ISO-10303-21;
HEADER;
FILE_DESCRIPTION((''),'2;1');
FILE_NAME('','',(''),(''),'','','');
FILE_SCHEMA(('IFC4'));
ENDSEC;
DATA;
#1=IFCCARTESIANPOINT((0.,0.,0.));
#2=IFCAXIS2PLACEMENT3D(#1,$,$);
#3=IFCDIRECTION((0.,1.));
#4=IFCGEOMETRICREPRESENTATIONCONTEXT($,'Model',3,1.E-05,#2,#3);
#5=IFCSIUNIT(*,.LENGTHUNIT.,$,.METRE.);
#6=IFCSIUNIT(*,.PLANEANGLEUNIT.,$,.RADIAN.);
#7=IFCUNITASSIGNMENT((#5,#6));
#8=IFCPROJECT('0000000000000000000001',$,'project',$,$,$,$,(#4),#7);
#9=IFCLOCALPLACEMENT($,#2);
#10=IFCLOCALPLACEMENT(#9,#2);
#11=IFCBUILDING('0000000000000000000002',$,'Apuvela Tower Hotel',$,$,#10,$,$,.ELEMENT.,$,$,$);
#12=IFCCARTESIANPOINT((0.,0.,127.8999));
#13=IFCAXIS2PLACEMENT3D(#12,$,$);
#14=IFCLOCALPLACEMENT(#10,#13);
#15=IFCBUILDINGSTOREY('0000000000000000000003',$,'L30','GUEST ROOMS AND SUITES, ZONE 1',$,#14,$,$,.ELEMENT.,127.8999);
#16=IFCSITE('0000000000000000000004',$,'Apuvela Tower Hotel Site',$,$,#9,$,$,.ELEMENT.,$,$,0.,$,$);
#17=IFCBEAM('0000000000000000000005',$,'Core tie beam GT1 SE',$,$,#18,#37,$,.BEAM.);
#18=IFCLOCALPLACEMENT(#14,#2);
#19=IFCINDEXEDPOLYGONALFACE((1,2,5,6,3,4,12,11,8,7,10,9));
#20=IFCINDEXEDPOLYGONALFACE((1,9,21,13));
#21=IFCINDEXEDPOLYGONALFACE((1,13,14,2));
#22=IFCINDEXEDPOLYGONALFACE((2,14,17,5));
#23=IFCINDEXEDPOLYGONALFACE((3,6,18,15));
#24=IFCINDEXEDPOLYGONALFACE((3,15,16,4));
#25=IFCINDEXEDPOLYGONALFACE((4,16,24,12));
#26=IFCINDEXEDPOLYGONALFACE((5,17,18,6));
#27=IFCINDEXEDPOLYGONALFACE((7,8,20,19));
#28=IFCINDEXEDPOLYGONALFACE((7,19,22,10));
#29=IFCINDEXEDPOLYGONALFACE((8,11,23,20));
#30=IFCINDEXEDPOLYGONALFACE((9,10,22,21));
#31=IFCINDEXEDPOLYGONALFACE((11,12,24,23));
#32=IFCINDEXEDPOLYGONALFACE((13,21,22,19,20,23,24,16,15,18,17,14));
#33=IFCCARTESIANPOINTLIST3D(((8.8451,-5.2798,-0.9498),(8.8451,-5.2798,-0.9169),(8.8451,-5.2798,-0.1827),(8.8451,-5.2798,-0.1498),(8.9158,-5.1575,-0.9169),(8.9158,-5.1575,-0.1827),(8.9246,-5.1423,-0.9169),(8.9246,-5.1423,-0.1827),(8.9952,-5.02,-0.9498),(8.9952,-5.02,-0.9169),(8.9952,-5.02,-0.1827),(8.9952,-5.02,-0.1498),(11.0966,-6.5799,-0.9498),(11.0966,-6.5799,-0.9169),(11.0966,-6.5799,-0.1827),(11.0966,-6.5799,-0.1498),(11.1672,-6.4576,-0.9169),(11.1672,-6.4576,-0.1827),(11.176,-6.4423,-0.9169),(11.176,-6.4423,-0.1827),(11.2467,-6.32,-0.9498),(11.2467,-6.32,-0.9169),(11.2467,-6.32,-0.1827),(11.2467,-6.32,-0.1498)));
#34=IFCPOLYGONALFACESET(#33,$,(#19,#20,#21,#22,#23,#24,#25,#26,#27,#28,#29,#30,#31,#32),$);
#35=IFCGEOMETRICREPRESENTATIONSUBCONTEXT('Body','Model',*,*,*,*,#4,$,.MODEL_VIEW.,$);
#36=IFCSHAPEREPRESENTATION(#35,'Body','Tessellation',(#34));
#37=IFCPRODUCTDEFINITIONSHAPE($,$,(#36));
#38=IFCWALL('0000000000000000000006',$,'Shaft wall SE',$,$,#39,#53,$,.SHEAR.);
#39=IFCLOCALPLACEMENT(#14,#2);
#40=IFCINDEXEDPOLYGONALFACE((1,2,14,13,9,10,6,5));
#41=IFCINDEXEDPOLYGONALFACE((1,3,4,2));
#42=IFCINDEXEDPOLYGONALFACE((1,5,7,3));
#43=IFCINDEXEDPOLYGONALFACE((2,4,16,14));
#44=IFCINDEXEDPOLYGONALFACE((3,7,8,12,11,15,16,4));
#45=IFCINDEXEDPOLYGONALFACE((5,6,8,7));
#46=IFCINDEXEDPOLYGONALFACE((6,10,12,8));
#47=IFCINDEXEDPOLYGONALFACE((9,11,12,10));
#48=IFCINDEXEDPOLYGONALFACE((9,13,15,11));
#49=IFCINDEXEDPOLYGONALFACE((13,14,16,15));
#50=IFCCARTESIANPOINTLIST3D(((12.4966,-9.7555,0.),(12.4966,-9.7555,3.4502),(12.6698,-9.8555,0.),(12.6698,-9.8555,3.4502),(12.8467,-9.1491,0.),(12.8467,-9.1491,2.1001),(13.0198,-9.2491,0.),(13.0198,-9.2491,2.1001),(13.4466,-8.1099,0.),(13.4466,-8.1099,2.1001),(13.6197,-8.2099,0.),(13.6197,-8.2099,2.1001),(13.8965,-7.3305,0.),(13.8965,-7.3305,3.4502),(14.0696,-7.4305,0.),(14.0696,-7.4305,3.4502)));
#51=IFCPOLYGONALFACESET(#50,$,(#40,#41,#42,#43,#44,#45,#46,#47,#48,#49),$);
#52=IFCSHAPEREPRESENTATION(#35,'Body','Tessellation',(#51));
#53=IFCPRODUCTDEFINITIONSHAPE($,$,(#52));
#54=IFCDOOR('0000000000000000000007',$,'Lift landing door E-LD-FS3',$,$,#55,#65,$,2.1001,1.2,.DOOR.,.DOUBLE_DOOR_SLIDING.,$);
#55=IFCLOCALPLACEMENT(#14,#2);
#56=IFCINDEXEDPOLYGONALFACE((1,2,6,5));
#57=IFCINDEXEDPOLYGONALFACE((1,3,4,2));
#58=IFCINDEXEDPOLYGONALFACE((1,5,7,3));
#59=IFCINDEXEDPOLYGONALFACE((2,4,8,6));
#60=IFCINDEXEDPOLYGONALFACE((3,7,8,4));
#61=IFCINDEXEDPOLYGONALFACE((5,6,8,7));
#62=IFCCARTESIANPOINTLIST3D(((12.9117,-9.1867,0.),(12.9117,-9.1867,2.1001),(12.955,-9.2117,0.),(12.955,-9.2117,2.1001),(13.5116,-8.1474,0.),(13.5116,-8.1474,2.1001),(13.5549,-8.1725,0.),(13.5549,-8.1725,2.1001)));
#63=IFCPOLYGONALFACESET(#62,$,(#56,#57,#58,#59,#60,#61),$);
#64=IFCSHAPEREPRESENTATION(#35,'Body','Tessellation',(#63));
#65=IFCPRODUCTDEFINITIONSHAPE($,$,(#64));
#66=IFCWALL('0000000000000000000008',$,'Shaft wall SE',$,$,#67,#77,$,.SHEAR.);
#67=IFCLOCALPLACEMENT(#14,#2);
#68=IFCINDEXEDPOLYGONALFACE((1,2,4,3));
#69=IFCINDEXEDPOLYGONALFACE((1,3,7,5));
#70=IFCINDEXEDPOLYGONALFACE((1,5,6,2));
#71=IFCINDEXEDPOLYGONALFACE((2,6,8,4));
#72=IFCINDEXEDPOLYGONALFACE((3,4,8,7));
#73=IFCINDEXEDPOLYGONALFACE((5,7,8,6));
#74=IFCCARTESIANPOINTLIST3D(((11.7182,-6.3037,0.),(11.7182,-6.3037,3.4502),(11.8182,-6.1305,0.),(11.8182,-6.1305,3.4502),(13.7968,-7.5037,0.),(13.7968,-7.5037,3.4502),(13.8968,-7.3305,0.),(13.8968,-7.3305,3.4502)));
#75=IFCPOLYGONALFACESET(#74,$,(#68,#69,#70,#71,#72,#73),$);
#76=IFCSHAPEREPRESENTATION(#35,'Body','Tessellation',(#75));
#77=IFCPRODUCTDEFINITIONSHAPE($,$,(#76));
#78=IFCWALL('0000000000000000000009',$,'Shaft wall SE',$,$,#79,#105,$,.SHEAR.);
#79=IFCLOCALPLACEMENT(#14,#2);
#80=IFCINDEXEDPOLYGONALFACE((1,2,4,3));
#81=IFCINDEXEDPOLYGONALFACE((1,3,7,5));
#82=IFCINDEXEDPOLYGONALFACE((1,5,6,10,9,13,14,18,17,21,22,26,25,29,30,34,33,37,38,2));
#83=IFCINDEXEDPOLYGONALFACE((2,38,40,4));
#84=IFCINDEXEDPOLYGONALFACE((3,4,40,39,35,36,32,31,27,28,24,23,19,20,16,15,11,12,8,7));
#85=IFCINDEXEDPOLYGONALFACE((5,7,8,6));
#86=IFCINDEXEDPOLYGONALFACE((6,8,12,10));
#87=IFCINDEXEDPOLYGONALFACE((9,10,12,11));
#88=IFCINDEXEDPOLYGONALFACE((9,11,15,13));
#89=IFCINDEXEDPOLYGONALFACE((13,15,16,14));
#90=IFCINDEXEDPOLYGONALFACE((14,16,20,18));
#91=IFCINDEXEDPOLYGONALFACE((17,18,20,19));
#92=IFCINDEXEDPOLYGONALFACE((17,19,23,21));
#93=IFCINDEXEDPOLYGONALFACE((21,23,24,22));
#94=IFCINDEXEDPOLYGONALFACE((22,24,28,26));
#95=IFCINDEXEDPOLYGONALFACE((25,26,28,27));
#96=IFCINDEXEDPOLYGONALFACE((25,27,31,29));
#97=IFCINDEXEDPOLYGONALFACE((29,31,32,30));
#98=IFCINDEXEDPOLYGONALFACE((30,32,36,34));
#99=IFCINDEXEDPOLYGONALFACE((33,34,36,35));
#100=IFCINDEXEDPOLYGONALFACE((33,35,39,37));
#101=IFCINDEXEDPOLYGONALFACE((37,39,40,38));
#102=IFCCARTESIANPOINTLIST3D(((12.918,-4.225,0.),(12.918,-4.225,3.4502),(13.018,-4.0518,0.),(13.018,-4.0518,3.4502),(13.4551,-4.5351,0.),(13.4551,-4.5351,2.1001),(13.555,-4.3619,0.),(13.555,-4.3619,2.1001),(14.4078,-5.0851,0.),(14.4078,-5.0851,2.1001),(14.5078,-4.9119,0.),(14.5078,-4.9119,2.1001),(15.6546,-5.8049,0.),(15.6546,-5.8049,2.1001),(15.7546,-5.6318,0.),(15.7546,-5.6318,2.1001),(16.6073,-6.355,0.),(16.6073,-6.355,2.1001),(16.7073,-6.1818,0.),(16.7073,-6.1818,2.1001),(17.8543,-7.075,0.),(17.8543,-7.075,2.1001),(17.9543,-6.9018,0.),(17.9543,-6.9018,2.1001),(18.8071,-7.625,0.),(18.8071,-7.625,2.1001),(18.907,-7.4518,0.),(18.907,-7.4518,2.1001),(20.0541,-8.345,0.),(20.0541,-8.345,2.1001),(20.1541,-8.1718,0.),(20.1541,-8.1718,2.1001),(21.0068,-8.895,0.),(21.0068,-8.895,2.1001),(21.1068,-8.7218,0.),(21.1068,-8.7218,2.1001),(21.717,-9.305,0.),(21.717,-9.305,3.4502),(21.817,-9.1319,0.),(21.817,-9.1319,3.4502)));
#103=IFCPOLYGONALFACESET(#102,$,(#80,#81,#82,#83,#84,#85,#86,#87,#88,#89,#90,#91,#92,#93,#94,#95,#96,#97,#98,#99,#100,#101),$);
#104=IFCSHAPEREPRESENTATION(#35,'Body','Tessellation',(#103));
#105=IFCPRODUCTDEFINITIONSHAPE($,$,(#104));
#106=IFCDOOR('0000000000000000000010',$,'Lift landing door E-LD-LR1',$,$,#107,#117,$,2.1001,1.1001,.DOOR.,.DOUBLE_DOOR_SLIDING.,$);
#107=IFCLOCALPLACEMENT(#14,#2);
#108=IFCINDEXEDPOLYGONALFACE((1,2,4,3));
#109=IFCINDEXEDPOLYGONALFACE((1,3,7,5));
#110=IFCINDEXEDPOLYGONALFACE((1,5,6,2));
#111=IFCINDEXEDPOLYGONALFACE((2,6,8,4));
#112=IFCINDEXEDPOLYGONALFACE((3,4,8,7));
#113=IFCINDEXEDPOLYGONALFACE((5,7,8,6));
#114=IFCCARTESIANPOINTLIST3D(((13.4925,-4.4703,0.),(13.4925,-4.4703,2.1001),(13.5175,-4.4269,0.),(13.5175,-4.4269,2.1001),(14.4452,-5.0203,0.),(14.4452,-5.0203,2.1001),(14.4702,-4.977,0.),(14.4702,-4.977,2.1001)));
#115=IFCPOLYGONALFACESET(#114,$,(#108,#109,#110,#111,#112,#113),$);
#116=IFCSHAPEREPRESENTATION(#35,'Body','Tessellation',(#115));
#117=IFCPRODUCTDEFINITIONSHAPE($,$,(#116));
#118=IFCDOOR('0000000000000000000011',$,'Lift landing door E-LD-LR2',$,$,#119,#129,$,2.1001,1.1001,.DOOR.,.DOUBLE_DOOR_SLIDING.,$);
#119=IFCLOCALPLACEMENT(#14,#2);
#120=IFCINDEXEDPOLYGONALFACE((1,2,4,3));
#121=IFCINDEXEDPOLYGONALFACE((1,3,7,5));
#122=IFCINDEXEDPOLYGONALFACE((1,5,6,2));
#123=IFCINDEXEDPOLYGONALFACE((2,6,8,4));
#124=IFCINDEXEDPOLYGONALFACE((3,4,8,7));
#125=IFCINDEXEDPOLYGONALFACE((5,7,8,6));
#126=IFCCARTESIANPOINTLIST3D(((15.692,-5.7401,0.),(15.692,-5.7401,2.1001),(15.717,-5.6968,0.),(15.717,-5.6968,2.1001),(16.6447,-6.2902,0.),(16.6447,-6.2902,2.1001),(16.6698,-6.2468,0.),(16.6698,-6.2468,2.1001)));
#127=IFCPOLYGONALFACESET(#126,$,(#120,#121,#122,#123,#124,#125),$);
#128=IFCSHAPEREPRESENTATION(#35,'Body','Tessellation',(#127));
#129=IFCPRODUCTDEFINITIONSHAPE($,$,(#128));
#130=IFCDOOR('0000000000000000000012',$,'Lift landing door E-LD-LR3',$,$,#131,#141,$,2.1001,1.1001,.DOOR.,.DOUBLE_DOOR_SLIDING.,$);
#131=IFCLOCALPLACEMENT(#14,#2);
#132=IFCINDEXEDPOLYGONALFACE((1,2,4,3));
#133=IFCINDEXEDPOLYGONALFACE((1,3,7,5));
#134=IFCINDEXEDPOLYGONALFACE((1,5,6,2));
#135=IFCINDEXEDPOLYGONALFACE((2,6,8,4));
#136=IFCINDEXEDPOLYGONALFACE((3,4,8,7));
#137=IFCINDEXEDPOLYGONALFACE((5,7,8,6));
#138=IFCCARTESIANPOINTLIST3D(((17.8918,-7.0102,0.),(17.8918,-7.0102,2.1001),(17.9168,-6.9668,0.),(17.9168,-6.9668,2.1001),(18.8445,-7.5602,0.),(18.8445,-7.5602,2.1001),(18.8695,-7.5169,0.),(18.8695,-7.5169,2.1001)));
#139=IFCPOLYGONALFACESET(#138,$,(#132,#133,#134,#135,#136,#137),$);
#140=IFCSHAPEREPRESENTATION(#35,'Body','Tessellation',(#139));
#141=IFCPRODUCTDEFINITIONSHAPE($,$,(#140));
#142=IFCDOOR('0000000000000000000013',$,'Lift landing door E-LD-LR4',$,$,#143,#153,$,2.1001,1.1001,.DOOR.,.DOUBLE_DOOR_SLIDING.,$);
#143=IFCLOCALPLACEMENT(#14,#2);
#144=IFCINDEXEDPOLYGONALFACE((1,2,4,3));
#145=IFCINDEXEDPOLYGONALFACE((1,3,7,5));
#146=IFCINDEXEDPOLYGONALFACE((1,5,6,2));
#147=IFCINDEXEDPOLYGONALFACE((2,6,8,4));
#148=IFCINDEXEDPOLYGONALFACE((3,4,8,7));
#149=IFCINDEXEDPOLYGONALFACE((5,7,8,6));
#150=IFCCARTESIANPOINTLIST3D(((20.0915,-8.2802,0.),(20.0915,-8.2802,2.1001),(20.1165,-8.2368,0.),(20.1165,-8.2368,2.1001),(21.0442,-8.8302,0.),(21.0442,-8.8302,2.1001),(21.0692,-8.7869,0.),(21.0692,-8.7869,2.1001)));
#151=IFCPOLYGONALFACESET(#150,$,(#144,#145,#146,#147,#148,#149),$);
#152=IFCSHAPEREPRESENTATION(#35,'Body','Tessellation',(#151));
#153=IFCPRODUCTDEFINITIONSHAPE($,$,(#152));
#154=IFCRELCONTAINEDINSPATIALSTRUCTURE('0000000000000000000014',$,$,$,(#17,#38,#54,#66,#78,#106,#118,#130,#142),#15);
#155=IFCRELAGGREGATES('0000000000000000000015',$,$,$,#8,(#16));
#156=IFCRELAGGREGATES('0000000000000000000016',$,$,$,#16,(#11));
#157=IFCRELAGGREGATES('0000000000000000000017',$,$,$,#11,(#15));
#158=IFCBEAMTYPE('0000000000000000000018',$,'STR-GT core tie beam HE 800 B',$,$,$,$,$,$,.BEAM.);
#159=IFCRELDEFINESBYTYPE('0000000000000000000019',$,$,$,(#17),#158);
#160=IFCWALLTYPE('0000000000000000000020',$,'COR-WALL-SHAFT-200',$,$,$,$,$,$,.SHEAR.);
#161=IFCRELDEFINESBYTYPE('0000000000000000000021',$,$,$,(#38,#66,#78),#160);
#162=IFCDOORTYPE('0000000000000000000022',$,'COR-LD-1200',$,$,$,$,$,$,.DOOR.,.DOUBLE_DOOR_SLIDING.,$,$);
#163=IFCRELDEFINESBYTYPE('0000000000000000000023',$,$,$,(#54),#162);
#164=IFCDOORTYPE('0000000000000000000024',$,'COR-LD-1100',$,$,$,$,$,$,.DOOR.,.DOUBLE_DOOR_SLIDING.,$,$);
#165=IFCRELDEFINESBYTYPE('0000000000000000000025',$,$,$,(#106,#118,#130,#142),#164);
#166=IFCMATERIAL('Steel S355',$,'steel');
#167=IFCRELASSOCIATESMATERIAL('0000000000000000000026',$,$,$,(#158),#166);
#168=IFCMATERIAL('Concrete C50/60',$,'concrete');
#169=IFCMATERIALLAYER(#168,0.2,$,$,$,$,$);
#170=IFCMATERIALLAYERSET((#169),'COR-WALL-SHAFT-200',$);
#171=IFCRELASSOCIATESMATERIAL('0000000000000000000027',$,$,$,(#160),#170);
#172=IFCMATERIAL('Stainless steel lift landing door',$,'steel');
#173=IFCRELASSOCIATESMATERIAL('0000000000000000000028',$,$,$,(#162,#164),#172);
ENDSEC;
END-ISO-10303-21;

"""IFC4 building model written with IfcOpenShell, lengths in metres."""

from ifc_helpers import new_model, si_unit, direction, frame, frame_2d, origin, origin_2d, place, context, subcontext, project, spatial, rectangle, i_section, extrude, material, layer, layer_set, material_profile, profile_set, type_object, element, fill, save


model = new_model("IFC4")

# Units and contexts
model_context = context("Model", 3, precision=1e-05, world=origin(), true_north=direction((0.0, 1.0)))
body_context = subcontext(model_context, "Body", "Model", "MODEL_VIEW")
ifc_project = project(units=[si_unit("LENGTHUNIT", "METRE"), si_unit("PLANEANGLEUNIT", "RADIAN")], contexts=[model_context])

# Site, building, storey
site_placement = place(None, origin())
site = spatial("IfcSite", under=ifc_project, at=site_placement, Name="Apuvela Tower Hotel Site", CompositionType="ELEMENT", RefElevation=0.0)
building_placement = place(site_placement, origin())
building = spatial("IfcBuilding", under=site, at=building_placement, Name="Apuvela Tower Hotel", CompositionType="ELEMENT")
storey_placement = place(building_placement, frame((0.0, 0.0, 127.8999)))
storey = spatial("IfcBuildingStorey", under=building, at=storey_placement, Name="L30", Description="GUEST ROOMS AND SUITES, ZONE 1", CompositionType="ELEMENT", Elevation=127.8999)

# Beam
ifc_material_1 = material(Name="Steel S355", Category="steel")
ifc_material_profile = material_profile(ifc_material_1, i_section(OverallWidth=0.3, OverallDepth=0.8, WebThickness=0.0176, FlangeThickness=0.033, at=origin_2d()), Name="HE 800 B")
ifc_profile_set = profile_set([ifc_material_profile], Name="Steel S355")
beam_type = type_object("IfcBeamType", Name="STR-GT core tie beam HE 800 B", PredefinedType="BEAM", material=ifc_profile_set)
beam_placement = place(storey_placement, frame((11.1716, -6.45, -0.5498), z_axis=(-0.865998, 0.500048, 0.0), x_axis=(-0.500048, -0.865998, 0.0)))
element("IfcBeam", 1, at=beam_placement, inside=storey, type_object=beam_type, Name="Core tie beam GT1 SE", PredefinedType="BEAM", context=body_context, shape_type="SweptSolid", body=[
    extrude(i_section(OverallWidth=0.3, OverallDepth=0.8, WebThickness=0.0176, FlangeThickness=0.033, at=origin_2d()), origin(), (0.0, 0.0, 1.0), 2.5999),
])

# Wall, opening, door
ifc_material_2 = material(Name="Concrete C50/60", Category="concrete")
ifc_layer_1 = layer(ifc_material_2, 0.2)
ifc_layer_set_1 = layer_set([ifc_layer_1], Name="COR-WALL-SHAFT-200")
wall_type_1 = type_object("IfcWallType", Name="COR-WALL-SHAFT-200", PredefinedType="SHEAR", material=ifc_layer_set_1)
wall_1_placement = place(storey_placement, frame((12.5833, -9.8054, 0.0), z_axis=(0.0, 0.0, 1.0), x_axis=(0.499946, 0.866056, 0.0)))
wall_1 = element("IfcWall", 2, at=wall_1_placement, inside=storey, type_object=wall_type_1, Name="Shaft wall SE", PredefinedType="SHEAR", context=body_context, shape_type="SweptSolid", body=[
    extrude(rectangle(XDim=2.8, YDim=0.2, at=frame_2d((1.3999, 0.0))), origin(), (0.0, 0.0, 1.0), 3.4502),
])
opening_1_placement = place(wall_1_placement, frame((0.7, 0.0, 0.0)))
opening_1 = element("IfcOpeningElement", 3, at=opening_1_placement, cuts=wall_1, PredefinedType="OPENING", context=body_context, shape_type="SweptSolid", body=[
    extrude(rectangle(XDim=1.2, YDim=2.1001, at=frame_2d((0.6001, 1.05))), frame((0.0, 0.1099, 0.0), z_axis=(0.0, -1.0, 0.0), x_axis=(1.0, 0.0, 0.0)), (0.0, 0.0, 1.0), 0.22),
])
ifc_material_3 = material(Name="Stainless steel lift landing door", Category="steel")
door_type_1 = type_object("IfcDoorType", Name="COR-LD-1200", OperationType="DOUBLE_DOOR_SLIDING", PredefinedType="DOOR", material=ifc_material_3)
door_1_placement = place(opening_1_placement, origin())
door_1 = element("IfcDoor", 4, at=door_1_placement, inside=storey, type_object=door_type_1, Name="Lift landing door E-LD-FS3", OperationType="DOUBLE_DOOR_SLIDING", OverallHeight=2.1001, OverallWidth=1.2, PredefinedType="DOOR", context=body_context, shape_type="SweptSolid", body=[
    extrude(rectangle(XDim=1.2, YDim=2.1001, at=frame_2d((0.6001, 1.05))), frame((0.0, 0.0249, 0.0), z_axis=(0.0, -1.0, 0.0), x_axis=(1.0, 0.0, 0.0)), (0.0, 0.0, 1.0), 0.05),
])
fill(opening_1, door_1)

# Wall
wall_2_placement = place(storey_placement, frame((11.7681, -6.217, 0.0), z_axis=(0.0, 0.0, 1.0), x_axis=(0.86605, -0.499957, 0.0)))
element("IfcWall", 5, at=wall_2_placement, inside=storey, type_object=wall_type_1, Name="Shaft wall SE", PredefinedType="SHEAR", context=body_context, shape_type="SweptSolid", body=[
    extrude(rectangle(XDim=2.4001, YDim=0.2, at=frame_2d((1.2002, 0.0))), origin(), (0.0, 0.0, 1.0), 3.4502),
])

# Wall, openings, doors
wall_3_placement = place(storey_placement, frame((12.968, -4.1384, 0.0), z_axis=(0.0, 0.0, 1.0), x_axis=(0.866028, -0.499995, 0.0)))
wall_3 = element("IfcWall", 6, at=wall_3_placement, inside=storey, type_object=wall_type_1, Name="Shaft wall SE", PredefinedType="SHEAR", context=body_context, shape_type="SweptSolid", body=[
    extrude(rectangle(XDim=10.1602, YDim=0.2, at=frame_2d((5.0801, 0.0))), origin(), (0.0, 0.0, 1.0), 3.4502),
])
opening_2_placement = place(wall_3_placement, frame((0.6201, 0.0, 0.0)))
opening_2 = element("IfcOpeningElement", 7, at=opening_2_placement, cuts=wall_3, PredefinedType="OPENING", context=body_context, shape_type="SweptSolid", body=[
    extrude(rectangle(XDim=1.1001, YDim=2.1001, at=frame_2d((0.55, 1.05))), frame((0.0, 0.1099, 0.0), z_axis=(0.0, -1.0, 0.0), x_axis=(1.0, 0.0, 0.0)), (0.0, 0.0, 1.0), 0.22),
])
opening_3_placement = place(wall_3_placement, frame((3.1599, 0.0, 0.0)))
opening_3 = element("IfcOpeningElement", 8, at=opening_3_placement, cuts=wall_3, PredefinedType="OPENING", context=body_context, shape_type="SweptSolid", body=[
    extrude(rectangle(XDim=1.1001, YDim=2.1001, at=frame_2d((0.55, 1.05))), frame((0.0, 0.1099, 0.0), z_axis=(0.0, -1.0, 0.0), x_axis=(1.0, 0.0, 0.0)), (0.0, 0.0, 1.0), 0.22),
])
opening_4_placement = place(wall_3_placement, frame((5.7, 0.0, 0.0)))
opening_4 = element("IfcOpeningElement", 9, at=opening_4_placement, cuts=wall_3, PredefinedType="OPENING", context=body_context, shape_type="SweptSolid", body=[
    extrude(rectangle(XDim=1.1001, YDim=2.1001, at=frame_2d((0.55, 1.05))), frame((0.0, 0.1099, 0.0), z_axis=(0.0, -1.0, 0.0), x_axis=(1.0, 0.0, 0.0)), (0.0, 0.0, 1.0), 0.22),
])
opening_5_placement = place(wall_3_placement, frame((8.24, 0.0, 0.0)))
opening_5 = element("IfcOpeningElement", 10, at=opening_5_placement, cuts=wall_3, PredefinedType="OPENING", context=body_context, shape_type="SweptSolid", body=[
    extrude(rectangle(XDim=1.1001, YDim=2.1001, at=frame_2d((0.55, 1.05))), frame((0.0, 0.1099, 0.0), z_axis=(0.0, -1.0, 0.0), x_axis=(1.0, 0.0, 0.0)), (0.0, 0.0, 1.0), 0.22),
])
door_type_2 = type_object("IfcDoorType", Name="COR-LD-1100", OperationType="DOUBLE_DOOR_SLIDING", PredefinedType="DOOR", material=ifc_material_3)
door_2_placement = place(opening_2_placement, origin())
door_2 = element("IfcDoor", 11, at=door_2_placement, inside=storey, type_object=door_type_2, Name="Lift landing door E-LD-LR1", OperationType="DOUBLE_DOOR_SLIDING", OverallHeight=2.1001, OverallWidth=1.1001, PredefinedType="DOOR", context=body_context, shape_type="SweptSolid", body=[
    extrude(rectangle(XDim=1.1001, YDim=2.1001, at=frame_2d((0.55, 1.05))), frame((0.0, 0.0249, 0.0), z_axis=(0.0, -1.0, 0.0), x_axis=(1.0, 0.0, 0.0)), (0.0, 0.0, 1.0), 0.05),
])
fill(opening_2, door_2)
door_3_placement = place(opening_3_placement, origin())
door_3 = element("IfcDoor", 12, at=door_3_placement, inside=storey, type_object=door_type_2, Name="Lift landing door E-LD-LR2", OperationType="DOUBLE_DOOR_SLIDING", OverallHeight=2.1001, OverallWidth=1.1001, PredefinedType="DOOR", context=body_context, shape_type="SweptSolid", body=[
    extrude(rectangle(XDim=1.1001, YDim=2.1001, at=frame_2d((0.55, 1.05))), frame((0.0, 0.0249, 0.0), z_axis=(0.0, -1.0, 0.0), x_axis=(1.0, 0.0, 0.0)), (0.0, 0.0, 1.0), 0.05),
])
fill(opening_3, door_3)
door_4_placement = place(opening_4_placement, origin())
door_4 = element("IfcDoor", 13, at=door_4_placement, inside=storey, type_object=door_type_2, Name="Lift landing door E-LD-LR3", OperationType="DOUBLE_DOOR_SLIDING", OverallHeight=2.1001, OverallWidth=1.1001, PredefinedType="DOOR", context=body_context, shape_type="SweptSolid", body=[
    extrude(rectangle(XDim=1.1001, YDim=2.1001, at=frame_2d((0.55, 1.05))), frame((0.0, 0.0249, 0.0), z_axis=(0.0, -1.0, 0.0), x_axis=(1.0, 0.0, 0.0)), (0.0, 0.0, 1.0), 0.05),
])
fill(opening_4, door_4)
door_5_placement = place(opening_5_placement, origin())
door_5 = element("IfcDoor", 14, at=door_5_placement, inside=storey, type_object=door_type_2, Name="Lift landing door E-LD-LR4", OperationType="DOUBLE_DOOR_SLIDING", OverallHeight=2.1001, OverallWidth=1.1001, PredefinedType="DOOR", context=body_context, shape_type="SweptSolid", body=[
    extrude(rectangle(XDim=1.1001, YDim=2.1001, at=frame_2d((0.55, 1.05))), frame((0.0, 0.0249, 0.0), z_axis=(0.0, -1.0, 0.0), x_axis=(1.0, 0.0, 0.0)), (0.0, 0.0, 1.0), 0.05),
])
fill(opening_5, door_5)

save(model, "model.ifc")
